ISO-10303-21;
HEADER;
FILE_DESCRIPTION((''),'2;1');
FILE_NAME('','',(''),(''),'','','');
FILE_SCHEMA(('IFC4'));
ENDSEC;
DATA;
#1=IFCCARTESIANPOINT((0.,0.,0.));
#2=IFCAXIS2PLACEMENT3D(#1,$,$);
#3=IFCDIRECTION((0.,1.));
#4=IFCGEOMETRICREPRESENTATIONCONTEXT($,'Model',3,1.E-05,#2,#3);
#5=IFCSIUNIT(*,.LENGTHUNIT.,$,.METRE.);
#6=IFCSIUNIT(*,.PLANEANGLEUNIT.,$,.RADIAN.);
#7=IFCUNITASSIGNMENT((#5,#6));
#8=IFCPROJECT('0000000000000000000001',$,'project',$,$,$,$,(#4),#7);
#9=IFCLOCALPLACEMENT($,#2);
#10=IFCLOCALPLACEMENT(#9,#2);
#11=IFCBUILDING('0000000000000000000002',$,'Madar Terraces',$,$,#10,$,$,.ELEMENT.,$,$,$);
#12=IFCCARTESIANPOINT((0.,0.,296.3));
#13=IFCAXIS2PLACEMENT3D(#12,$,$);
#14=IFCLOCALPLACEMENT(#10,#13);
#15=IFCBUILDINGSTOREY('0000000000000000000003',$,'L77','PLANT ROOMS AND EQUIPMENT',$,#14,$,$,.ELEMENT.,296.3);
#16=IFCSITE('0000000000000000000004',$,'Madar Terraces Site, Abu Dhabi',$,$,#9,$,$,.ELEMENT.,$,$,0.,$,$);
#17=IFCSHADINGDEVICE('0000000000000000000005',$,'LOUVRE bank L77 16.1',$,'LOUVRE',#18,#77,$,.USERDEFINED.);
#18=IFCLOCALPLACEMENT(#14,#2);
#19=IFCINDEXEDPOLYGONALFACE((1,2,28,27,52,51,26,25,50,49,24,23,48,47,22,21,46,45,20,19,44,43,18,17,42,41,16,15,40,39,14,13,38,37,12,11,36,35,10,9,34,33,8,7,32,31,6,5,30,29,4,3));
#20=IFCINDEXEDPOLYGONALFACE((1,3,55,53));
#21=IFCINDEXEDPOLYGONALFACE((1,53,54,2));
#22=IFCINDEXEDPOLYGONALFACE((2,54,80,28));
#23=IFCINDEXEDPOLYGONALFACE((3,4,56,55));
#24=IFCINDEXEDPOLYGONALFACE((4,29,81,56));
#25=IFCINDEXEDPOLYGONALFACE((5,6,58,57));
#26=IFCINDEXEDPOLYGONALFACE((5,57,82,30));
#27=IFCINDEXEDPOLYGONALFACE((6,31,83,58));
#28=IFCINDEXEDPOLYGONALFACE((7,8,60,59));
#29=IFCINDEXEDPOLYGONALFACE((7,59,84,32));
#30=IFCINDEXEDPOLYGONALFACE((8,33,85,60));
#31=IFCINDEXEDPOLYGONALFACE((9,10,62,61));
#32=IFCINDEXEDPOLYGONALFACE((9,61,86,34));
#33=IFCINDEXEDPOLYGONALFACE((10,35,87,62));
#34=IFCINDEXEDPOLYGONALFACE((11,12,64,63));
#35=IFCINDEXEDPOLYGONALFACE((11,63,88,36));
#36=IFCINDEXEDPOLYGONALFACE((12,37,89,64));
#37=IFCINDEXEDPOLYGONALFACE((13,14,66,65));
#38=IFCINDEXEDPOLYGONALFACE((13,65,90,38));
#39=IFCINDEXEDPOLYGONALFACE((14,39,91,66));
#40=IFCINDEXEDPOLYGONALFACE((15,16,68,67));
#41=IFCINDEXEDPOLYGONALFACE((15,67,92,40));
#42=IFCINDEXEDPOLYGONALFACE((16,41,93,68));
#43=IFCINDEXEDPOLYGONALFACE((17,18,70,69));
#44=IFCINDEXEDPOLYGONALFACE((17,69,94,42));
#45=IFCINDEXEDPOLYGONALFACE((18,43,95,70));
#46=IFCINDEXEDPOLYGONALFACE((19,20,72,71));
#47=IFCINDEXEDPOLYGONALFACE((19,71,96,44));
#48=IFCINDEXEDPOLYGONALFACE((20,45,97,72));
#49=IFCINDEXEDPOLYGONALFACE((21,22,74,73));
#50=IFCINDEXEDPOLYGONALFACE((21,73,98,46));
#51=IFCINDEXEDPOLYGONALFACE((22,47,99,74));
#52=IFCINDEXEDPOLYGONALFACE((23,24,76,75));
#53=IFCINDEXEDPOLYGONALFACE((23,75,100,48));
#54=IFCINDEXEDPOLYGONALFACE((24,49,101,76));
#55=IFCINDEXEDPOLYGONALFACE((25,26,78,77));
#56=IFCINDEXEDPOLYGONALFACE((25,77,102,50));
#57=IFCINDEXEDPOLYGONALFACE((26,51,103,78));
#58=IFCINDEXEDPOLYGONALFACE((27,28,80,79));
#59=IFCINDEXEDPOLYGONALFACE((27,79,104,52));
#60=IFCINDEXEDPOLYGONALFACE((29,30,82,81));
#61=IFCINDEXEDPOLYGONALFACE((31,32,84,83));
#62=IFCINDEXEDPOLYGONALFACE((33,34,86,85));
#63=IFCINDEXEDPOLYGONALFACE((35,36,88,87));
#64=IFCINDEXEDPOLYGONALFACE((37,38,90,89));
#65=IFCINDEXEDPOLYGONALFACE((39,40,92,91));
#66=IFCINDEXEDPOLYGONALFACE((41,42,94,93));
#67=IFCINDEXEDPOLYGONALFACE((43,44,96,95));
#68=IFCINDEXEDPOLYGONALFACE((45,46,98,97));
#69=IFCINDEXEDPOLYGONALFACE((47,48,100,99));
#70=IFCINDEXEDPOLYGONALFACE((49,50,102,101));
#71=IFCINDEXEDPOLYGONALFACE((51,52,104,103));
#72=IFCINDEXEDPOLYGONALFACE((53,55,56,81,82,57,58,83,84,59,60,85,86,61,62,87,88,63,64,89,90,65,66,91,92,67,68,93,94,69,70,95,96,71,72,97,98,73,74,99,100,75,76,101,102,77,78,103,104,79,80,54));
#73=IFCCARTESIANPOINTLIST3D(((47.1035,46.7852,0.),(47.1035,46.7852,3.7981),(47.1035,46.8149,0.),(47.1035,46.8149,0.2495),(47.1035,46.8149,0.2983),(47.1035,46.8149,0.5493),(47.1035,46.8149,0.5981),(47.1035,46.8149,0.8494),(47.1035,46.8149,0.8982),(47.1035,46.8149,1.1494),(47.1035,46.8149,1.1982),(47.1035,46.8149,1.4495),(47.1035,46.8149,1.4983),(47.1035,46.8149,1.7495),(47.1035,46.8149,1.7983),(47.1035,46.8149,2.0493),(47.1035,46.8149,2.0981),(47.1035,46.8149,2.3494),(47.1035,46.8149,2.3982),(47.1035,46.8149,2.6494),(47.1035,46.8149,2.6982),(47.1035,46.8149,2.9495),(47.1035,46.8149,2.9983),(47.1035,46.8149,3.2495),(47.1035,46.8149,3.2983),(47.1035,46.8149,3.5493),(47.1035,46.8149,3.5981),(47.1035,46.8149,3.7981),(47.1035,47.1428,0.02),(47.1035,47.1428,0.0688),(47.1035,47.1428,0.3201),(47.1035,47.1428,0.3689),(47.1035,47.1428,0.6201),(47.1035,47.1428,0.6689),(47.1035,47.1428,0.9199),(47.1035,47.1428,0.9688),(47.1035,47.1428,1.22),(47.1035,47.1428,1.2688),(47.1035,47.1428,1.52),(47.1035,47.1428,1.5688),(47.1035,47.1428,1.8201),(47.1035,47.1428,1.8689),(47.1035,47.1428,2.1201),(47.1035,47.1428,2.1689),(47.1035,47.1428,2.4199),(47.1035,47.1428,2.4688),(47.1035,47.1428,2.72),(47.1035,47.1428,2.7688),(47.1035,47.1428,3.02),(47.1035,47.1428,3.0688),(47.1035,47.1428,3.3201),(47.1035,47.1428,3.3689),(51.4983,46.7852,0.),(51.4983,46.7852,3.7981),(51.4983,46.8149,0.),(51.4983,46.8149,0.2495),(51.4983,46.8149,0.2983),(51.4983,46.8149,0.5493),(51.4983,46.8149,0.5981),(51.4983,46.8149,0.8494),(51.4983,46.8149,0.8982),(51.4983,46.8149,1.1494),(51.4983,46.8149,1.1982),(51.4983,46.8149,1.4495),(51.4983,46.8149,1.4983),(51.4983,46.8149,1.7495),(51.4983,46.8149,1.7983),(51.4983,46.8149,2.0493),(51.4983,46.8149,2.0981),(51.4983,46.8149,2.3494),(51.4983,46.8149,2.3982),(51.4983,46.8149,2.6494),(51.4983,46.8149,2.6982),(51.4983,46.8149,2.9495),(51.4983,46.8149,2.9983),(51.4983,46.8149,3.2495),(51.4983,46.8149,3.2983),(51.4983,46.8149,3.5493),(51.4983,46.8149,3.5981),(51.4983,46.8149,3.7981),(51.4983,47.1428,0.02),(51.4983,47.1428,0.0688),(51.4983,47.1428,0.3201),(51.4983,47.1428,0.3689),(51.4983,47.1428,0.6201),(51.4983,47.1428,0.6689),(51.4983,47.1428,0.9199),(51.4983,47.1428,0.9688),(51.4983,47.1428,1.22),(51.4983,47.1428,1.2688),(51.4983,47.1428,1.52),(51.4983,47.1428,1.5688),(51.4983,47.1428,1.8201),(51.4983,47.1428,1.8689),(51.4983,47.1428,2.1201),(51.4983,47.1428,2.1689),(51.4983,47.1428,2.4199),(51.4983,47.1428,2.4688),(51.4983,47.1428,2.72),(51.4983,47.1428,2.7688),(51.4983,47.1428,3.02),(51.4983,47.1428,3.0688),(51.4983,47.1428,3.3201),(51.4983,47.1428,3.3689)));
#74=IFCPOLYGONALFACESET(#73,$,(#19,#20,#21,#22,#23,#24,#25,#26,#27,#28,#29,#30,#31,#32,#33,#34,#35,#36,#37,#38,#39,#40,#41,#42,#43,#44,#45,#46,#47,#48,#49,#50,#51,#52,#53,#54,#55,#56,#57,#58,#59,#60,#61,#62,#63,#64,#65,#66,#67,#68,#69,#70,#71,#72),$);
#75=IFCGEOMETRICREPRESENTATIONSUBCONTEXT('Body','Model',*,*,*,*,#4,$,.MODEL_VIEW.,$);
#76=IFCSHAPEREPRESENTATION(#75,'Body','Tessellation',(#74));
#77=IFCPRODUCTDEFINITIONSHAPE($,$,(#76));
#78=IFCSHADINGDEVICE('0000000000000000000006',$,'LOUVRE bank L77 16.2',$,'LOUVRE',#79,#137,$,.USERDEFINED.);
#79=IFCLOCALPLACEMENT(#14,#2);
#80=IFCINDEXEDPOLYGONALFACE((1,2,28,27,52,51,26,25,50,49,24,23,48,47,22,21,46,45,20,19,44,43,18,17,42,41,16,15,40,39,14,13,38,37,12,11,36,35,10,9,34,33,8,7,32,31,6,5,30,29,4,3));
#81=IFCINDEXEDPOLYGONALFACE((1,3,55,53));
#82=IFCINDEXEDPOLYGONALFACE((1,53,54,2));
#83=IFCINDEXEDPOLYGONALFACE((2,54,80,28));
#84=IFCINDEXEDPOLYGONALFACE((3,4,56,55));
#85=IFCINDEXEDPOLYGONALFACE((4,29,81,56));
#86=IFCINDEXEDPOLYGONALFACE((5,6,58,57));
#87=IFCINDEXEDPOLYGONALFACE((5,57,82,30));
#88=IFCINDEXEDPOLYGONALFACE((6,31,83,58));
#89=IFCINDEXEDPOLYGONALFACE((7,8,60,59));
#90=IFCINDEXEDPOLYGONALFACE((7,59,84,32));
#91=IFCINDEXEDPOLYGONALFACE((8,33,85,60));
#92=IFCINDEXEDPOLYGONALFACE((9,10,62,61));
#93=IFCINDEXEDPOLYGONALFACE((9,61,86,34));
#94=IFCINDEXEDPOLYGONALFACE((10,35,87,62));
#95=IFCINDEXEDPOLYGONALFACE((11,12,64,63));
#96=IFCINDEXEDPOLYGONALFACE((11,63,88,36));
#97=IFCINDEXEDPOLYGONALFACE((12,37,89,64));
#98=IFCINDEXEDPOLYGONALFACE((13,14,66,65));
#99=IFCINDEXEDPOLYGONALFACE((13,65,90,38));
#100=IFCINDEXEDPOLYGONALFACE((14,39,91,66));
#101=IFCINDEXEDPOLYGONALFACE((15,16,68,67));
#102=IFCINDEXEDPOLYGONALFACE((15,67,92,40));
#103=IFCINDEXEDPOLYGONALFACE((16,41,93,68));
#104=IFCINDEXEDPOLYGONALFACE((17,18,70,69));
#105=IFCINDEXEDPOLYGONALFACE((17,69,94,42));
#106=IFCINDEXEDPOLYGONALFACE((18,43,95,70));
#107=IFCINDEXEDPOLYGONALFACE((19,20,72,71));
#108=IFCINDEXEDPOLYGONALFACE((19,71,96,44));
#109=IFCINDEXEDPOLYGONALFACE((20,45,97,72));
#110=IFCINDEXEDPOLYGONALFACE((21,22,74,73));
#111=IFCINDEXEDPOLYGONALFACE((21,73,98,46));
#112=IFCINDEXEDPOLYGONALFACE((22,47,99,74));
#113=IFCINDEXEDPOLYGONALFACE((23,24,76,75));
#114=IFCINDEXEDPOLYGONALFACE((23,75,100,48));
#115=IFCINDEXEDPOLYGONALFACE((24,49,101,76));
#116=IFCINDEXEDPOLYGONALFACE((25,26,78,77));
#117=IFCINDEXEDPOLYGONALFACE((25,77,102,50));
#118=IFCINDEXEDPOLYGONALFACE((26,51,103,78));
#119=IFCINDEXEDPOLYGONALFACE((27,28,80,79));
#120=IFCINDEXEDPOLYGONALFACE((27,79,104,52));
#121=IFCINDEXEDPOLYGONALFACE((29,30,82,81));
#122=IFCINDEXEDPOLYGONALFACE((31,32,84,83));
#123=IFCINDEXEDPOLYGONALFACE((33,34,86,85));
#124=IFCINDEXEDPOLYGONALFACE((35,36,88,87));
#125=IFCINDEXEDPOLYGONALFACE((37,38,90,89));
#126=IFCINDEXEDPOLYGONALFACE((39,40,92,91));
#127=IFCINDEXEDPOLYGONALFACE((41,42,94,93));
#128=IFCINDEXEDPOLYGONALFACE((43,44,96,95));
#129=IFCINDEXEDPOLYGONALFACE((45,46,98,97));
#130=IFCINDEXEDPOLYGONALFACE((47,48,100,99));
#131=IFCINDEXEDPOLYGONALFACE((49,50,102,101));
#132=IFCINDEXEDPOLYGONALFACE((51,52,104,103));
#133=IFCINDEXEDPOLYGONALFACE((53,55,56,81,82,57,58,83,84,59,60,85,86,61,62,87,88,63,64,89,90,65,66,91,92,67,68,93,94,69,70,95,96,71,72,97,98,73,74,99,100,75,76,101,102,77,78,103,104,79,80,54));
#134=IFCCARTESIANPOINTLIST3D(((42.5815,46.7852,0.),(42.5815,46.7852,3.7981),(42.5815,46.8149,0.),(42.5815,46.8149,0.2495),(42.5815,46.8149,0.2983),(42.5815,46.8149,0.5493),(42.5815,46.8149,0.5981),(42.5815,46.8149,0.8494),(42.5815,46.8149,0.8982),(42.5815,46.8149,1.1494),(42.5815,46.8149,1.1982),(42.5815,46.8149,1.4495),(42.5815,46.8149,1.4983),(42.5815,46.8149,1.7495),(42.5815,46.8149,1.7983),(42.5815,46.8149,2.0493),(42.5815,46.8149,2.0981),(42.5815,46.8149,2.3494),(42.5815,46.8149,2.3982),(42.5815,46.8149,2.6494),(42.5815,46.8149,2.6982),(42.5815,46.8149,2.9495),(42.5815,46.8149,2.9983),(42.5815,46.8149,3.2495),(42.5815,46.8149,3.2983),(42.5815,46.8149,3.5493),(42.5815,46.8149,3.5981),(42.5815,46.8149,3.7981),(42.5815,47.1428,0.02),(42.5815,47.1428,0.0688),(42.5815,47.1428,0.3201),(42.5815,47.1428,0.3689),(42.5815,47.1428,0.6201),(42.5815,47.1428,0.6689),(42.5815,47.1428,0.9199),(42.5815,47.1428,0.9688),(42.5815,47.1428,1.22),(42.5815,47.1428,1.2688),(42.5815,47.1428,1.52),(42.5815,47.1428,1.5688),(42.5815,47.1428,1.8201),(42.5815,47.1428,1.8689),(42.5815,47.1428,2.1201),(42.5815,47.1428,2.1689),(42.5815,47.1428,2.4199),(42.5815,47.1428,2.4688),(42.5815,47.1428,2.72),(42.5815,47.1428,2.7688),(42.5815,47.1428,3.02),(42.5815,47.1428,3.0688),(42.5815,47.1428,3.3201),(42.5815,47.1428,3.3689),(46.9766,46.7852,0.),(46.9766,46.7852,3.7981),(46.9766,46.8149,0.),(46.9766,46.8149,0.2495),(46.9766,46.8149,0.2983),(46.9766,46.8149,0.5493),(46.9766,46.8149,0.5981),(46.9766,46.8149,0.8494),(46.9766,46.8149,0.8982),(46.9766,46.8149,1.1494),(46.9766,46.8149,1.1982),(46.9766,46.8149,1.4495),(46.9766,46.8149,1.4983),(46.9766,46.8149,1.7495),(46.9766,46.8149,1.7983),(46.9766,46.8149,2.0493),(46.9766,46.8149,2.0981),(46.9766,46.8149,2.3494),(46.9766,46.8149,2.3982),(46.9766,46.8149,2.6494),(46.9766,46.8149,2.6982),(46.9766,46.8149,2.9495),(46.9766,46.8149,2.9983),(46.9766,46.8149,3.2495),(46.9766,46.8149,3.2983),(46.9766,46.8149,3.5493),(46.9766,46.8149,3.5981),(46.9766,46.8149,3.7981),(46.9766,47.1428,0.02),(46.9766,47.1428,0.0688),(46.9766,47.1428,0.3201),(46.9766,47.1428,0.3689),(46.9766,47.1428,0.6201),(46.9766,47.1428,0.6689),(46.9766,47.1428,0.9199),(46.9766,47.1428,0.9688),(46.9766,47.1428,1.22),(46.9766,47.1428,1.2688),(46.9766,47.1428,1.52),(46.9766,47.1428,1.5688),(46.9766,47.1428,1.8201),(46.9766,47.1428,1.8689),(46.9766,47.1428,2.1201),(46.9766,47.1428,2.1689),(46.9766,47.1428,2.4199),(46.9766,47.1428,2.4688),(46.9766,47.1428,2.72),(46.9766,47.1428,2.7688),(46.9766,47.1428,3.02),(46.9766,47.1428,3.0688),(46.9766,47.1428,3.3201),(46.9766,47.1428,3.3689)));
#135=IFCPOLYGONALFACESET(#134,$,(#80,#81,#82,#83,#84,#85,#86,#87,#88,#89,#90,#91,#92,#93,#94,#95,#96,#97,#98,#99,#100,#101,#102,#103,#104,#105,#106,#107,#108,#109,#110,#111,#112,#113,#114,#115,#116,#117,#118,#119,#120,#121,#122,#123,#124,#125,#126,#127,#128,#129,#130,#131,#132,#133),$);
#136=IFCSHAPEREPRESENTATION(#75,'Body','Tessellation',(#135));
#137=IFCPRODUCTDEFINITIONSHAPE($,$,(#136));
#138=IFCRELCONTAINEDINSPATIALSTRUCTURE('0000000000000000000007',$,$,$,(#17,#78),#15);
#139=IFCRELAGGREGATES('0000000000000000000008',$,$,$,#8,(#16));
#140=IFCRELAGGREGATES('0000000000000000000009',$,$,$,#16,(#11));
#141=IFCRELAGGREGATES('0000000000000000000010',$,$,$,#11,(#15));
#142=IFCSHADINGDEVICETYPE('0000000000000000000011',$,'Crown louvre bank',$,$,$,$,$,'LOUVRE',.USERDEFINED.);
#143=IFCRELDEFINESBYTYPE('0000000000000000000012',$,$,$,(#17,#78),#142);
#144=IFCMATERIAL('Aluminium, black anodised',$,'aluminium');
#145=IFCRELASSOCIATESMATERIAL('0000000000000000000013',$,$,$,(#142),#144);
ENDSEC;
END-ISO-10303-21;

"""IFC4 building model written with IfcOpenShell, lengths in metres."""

from ifc_helpers import new_model, si_unit, direction, frame, origin, place, context, subcontext, project, spatial, polyline, outline, extrude, material, type_object, element, save


model = new_model("IFC4")

# Units and contexts
model_context = context("Model", 3, precision=1e-05, world=origin(), true_north=direction((0.0, 1.0)))
body_context = subcontext(model_context, "Body", "Model", "MODEL_VIEW")
ifc_project = project(units=[si_unit("LENGTHUNIT", "METRE"), si_unit("PLANEANGLEUNIT", "RADIAN")], contexts=[model_context])

# Site, building, storey
site_placement = place(None, origin())
site = spatial("IfcSite", under=ifc_project, at=site_placement, Name="Madar Terraces Site, Abu Dhabi", CompositionType="ELEMENT", RefElevation=0.0)
building_placement = place(site_placement, origin())
building = spatial("IfcBuilding", under=site, at=building_placement, Name="Madar Terraces", CompositionType="ELEMENT")
storey_placement = place(building_placement, frame((0.0, 0.0, 296.3)))
storey = spatial("IfcBuildingStorey", under=building, at=storey_placement, Name="L77", Description="PLANT ROOMS AND EQUIPMENT", CompositionType="ELEMENT", Elevation=296.3)

# Shading devices
ifc_material_1 = material(Name="Aluminium, black anodised", Category="aluminium")
shading_device_type = type_object("IfcShadingDeviceType", Name="Crown louvre bank", ElementType="LOUVRE", PredefinedType="USERDEFINED", material=ifc_material_1)
shading_device_1_placement = place(storey_placement, frame((51.4983, 46.8, 0.0), z_axis=(-1.0, 0.0, 0.0), x_axis=(0.0, -1.0, 0.0)))
element("IfcShadingDevice", 1, at=shading_device_1_placement, inside=storey, type_object=shading_device_type, Name="LOUVRE bank L77 16.1", ObjectType="LOUVRE", PredefinedType="USERDEFINED", context=body_context, shape_type="SweptSolid", body=[
    extrude(outline(polyline([(0.0149, 0.0), (-0.0149, 0.0), (-0.0149, 0.2495), (-0.3428, 0.02), (-0.3428, 0.0688), (-0.0149, 0.2983), (-0.0149, 0.5493), (-0.3428, 0.3201), (-0.3428, 0.3689), (-0.0149, 0.5981), (-0.0149, 0.8494), (-0.3428, 0.6201), (-0.3428, 0.6689), (-0.0149, 0.8982), (-0.0149, 1.1494), (-0.3428, 0.9199), (-0.3428, 0.9688), (-0.0149, 1.1982), (-0.0149, 1.4495), (-0.3428, 1.22), (-0.3428, 1.2688), (-0.0149, 1.4983), (-0.0149, 1.7495), (-0.3428, 1.52), (-0.3428, 1.5688), (-0.0149, 1.7983), (-0.0149, 2.0493), (-0.3428, 1.8201), (-0.3428, 1.8689), (-0.0149, 2.0981), (-0.0149, 2.3494), (-0.3428, 2.1201), (-0.3428, 2.1689), (-0.0149, 2.3982), (-0.0149, 2.6494), (-0.3428, 2.4199), (-0.3428, 2.4688), (-0.0149, 2.6982), (-0.0149, 2.9495), (-0.3428, 2.72), (-0.3428, 2.7688), (-0.0149, 2.9983), (-0.0149, 3.2495), (-0.3428, 3.02), (-0.3428, 3.0688), (-0.0149, 3.2983), (-0.0149, 3.5493), (-0.3428, 3.3201), (-0.3428, 3.3689), (-0.0149, 3.5981), (-0.0149, 3.7981), (0.0149, 3.7981), (0.0149, 0.0)])), origin(), (0.0, 0.0, 1.0), 4.3948),
])
shading_device_2_placement = place(storey_placement, frame((46.9766, 46.8, 0.0), z_axis=(-1.0, 0.0, 0.0), x_axis=(0.0, -1.0, 0.0)))
element("IfcShadingDevice", 2, at=shading_device_2_placement, inside=storey, type_object=shading_device_type, Name="LOUVRE bank L77 16.2", ObjectType="LOUVRE", PredefinedType="USERDEFINED", context=body_context, shape_type="SweptSolid", body=[
    extrude(outline(polyline([(0.0149, 0.0), (-0.0149, 0.0), (-0.0149, 0.2495), (-0.3428, 0.02), (-0.3428, 0.0688), (-0.0149, 0.2983), (-0.0149, 0.5493), (-0.3428, 0.3201), (-0.3428, 0.3689), (-0.0149, 0.5981), (-0.0149, 0.8494), (-0.3428, 0.6201), (-0.3428, 0.6689), (-0.0149, 0.8982), (-0.0149, 1.1494), (-0.3428, 0.9199), (-0.3428, 0.9688), (-0.0149, 1.1982), (-0.0149, 1.4495), (-0.3428, 1.22), (-0.3428, 1.2688), (-0.0149, 1.4983), (-0.0149, 1.7495), (-0.3428, 1.52), (-0.3428, 1.5688), (-0.0149, 1.7983), (-0.0149, 2.0493), (-0.3428, 1.8201), (-0.3428, 1.8689), (-0.0149, 2.0981), (-0.0149, 2.3494), (-0.3428, 2.1201), (-0.3428, 2.1689), (-0.0149, 2.3982), (-0.0149, 2.6494), (-0.3428, 2.4199), (-0.3428, 2.4688), (-0.0149, 2.6982), (-0.0149, 2.9495), (-0.3428, 2.72), (-0.3428, 2.7688), (-0.0149, 2.9983), (-0.0149, 3.2495), (-0.3428, 3.02), (-0.3428, 3.0688), (-0.0149, 3.2983), (-0.0149, 3.5493), (-0.3428, 3.3201), (-0.3428, 3.3689), (-0.0149, 3.5981), (-0.0149, 3.7981), (0.0149, 3.7981), (0.0149, 0.0)])), origin(), (0.0, 0.0, 1.0), 4.395),
])

save(model, "model.ifc")
